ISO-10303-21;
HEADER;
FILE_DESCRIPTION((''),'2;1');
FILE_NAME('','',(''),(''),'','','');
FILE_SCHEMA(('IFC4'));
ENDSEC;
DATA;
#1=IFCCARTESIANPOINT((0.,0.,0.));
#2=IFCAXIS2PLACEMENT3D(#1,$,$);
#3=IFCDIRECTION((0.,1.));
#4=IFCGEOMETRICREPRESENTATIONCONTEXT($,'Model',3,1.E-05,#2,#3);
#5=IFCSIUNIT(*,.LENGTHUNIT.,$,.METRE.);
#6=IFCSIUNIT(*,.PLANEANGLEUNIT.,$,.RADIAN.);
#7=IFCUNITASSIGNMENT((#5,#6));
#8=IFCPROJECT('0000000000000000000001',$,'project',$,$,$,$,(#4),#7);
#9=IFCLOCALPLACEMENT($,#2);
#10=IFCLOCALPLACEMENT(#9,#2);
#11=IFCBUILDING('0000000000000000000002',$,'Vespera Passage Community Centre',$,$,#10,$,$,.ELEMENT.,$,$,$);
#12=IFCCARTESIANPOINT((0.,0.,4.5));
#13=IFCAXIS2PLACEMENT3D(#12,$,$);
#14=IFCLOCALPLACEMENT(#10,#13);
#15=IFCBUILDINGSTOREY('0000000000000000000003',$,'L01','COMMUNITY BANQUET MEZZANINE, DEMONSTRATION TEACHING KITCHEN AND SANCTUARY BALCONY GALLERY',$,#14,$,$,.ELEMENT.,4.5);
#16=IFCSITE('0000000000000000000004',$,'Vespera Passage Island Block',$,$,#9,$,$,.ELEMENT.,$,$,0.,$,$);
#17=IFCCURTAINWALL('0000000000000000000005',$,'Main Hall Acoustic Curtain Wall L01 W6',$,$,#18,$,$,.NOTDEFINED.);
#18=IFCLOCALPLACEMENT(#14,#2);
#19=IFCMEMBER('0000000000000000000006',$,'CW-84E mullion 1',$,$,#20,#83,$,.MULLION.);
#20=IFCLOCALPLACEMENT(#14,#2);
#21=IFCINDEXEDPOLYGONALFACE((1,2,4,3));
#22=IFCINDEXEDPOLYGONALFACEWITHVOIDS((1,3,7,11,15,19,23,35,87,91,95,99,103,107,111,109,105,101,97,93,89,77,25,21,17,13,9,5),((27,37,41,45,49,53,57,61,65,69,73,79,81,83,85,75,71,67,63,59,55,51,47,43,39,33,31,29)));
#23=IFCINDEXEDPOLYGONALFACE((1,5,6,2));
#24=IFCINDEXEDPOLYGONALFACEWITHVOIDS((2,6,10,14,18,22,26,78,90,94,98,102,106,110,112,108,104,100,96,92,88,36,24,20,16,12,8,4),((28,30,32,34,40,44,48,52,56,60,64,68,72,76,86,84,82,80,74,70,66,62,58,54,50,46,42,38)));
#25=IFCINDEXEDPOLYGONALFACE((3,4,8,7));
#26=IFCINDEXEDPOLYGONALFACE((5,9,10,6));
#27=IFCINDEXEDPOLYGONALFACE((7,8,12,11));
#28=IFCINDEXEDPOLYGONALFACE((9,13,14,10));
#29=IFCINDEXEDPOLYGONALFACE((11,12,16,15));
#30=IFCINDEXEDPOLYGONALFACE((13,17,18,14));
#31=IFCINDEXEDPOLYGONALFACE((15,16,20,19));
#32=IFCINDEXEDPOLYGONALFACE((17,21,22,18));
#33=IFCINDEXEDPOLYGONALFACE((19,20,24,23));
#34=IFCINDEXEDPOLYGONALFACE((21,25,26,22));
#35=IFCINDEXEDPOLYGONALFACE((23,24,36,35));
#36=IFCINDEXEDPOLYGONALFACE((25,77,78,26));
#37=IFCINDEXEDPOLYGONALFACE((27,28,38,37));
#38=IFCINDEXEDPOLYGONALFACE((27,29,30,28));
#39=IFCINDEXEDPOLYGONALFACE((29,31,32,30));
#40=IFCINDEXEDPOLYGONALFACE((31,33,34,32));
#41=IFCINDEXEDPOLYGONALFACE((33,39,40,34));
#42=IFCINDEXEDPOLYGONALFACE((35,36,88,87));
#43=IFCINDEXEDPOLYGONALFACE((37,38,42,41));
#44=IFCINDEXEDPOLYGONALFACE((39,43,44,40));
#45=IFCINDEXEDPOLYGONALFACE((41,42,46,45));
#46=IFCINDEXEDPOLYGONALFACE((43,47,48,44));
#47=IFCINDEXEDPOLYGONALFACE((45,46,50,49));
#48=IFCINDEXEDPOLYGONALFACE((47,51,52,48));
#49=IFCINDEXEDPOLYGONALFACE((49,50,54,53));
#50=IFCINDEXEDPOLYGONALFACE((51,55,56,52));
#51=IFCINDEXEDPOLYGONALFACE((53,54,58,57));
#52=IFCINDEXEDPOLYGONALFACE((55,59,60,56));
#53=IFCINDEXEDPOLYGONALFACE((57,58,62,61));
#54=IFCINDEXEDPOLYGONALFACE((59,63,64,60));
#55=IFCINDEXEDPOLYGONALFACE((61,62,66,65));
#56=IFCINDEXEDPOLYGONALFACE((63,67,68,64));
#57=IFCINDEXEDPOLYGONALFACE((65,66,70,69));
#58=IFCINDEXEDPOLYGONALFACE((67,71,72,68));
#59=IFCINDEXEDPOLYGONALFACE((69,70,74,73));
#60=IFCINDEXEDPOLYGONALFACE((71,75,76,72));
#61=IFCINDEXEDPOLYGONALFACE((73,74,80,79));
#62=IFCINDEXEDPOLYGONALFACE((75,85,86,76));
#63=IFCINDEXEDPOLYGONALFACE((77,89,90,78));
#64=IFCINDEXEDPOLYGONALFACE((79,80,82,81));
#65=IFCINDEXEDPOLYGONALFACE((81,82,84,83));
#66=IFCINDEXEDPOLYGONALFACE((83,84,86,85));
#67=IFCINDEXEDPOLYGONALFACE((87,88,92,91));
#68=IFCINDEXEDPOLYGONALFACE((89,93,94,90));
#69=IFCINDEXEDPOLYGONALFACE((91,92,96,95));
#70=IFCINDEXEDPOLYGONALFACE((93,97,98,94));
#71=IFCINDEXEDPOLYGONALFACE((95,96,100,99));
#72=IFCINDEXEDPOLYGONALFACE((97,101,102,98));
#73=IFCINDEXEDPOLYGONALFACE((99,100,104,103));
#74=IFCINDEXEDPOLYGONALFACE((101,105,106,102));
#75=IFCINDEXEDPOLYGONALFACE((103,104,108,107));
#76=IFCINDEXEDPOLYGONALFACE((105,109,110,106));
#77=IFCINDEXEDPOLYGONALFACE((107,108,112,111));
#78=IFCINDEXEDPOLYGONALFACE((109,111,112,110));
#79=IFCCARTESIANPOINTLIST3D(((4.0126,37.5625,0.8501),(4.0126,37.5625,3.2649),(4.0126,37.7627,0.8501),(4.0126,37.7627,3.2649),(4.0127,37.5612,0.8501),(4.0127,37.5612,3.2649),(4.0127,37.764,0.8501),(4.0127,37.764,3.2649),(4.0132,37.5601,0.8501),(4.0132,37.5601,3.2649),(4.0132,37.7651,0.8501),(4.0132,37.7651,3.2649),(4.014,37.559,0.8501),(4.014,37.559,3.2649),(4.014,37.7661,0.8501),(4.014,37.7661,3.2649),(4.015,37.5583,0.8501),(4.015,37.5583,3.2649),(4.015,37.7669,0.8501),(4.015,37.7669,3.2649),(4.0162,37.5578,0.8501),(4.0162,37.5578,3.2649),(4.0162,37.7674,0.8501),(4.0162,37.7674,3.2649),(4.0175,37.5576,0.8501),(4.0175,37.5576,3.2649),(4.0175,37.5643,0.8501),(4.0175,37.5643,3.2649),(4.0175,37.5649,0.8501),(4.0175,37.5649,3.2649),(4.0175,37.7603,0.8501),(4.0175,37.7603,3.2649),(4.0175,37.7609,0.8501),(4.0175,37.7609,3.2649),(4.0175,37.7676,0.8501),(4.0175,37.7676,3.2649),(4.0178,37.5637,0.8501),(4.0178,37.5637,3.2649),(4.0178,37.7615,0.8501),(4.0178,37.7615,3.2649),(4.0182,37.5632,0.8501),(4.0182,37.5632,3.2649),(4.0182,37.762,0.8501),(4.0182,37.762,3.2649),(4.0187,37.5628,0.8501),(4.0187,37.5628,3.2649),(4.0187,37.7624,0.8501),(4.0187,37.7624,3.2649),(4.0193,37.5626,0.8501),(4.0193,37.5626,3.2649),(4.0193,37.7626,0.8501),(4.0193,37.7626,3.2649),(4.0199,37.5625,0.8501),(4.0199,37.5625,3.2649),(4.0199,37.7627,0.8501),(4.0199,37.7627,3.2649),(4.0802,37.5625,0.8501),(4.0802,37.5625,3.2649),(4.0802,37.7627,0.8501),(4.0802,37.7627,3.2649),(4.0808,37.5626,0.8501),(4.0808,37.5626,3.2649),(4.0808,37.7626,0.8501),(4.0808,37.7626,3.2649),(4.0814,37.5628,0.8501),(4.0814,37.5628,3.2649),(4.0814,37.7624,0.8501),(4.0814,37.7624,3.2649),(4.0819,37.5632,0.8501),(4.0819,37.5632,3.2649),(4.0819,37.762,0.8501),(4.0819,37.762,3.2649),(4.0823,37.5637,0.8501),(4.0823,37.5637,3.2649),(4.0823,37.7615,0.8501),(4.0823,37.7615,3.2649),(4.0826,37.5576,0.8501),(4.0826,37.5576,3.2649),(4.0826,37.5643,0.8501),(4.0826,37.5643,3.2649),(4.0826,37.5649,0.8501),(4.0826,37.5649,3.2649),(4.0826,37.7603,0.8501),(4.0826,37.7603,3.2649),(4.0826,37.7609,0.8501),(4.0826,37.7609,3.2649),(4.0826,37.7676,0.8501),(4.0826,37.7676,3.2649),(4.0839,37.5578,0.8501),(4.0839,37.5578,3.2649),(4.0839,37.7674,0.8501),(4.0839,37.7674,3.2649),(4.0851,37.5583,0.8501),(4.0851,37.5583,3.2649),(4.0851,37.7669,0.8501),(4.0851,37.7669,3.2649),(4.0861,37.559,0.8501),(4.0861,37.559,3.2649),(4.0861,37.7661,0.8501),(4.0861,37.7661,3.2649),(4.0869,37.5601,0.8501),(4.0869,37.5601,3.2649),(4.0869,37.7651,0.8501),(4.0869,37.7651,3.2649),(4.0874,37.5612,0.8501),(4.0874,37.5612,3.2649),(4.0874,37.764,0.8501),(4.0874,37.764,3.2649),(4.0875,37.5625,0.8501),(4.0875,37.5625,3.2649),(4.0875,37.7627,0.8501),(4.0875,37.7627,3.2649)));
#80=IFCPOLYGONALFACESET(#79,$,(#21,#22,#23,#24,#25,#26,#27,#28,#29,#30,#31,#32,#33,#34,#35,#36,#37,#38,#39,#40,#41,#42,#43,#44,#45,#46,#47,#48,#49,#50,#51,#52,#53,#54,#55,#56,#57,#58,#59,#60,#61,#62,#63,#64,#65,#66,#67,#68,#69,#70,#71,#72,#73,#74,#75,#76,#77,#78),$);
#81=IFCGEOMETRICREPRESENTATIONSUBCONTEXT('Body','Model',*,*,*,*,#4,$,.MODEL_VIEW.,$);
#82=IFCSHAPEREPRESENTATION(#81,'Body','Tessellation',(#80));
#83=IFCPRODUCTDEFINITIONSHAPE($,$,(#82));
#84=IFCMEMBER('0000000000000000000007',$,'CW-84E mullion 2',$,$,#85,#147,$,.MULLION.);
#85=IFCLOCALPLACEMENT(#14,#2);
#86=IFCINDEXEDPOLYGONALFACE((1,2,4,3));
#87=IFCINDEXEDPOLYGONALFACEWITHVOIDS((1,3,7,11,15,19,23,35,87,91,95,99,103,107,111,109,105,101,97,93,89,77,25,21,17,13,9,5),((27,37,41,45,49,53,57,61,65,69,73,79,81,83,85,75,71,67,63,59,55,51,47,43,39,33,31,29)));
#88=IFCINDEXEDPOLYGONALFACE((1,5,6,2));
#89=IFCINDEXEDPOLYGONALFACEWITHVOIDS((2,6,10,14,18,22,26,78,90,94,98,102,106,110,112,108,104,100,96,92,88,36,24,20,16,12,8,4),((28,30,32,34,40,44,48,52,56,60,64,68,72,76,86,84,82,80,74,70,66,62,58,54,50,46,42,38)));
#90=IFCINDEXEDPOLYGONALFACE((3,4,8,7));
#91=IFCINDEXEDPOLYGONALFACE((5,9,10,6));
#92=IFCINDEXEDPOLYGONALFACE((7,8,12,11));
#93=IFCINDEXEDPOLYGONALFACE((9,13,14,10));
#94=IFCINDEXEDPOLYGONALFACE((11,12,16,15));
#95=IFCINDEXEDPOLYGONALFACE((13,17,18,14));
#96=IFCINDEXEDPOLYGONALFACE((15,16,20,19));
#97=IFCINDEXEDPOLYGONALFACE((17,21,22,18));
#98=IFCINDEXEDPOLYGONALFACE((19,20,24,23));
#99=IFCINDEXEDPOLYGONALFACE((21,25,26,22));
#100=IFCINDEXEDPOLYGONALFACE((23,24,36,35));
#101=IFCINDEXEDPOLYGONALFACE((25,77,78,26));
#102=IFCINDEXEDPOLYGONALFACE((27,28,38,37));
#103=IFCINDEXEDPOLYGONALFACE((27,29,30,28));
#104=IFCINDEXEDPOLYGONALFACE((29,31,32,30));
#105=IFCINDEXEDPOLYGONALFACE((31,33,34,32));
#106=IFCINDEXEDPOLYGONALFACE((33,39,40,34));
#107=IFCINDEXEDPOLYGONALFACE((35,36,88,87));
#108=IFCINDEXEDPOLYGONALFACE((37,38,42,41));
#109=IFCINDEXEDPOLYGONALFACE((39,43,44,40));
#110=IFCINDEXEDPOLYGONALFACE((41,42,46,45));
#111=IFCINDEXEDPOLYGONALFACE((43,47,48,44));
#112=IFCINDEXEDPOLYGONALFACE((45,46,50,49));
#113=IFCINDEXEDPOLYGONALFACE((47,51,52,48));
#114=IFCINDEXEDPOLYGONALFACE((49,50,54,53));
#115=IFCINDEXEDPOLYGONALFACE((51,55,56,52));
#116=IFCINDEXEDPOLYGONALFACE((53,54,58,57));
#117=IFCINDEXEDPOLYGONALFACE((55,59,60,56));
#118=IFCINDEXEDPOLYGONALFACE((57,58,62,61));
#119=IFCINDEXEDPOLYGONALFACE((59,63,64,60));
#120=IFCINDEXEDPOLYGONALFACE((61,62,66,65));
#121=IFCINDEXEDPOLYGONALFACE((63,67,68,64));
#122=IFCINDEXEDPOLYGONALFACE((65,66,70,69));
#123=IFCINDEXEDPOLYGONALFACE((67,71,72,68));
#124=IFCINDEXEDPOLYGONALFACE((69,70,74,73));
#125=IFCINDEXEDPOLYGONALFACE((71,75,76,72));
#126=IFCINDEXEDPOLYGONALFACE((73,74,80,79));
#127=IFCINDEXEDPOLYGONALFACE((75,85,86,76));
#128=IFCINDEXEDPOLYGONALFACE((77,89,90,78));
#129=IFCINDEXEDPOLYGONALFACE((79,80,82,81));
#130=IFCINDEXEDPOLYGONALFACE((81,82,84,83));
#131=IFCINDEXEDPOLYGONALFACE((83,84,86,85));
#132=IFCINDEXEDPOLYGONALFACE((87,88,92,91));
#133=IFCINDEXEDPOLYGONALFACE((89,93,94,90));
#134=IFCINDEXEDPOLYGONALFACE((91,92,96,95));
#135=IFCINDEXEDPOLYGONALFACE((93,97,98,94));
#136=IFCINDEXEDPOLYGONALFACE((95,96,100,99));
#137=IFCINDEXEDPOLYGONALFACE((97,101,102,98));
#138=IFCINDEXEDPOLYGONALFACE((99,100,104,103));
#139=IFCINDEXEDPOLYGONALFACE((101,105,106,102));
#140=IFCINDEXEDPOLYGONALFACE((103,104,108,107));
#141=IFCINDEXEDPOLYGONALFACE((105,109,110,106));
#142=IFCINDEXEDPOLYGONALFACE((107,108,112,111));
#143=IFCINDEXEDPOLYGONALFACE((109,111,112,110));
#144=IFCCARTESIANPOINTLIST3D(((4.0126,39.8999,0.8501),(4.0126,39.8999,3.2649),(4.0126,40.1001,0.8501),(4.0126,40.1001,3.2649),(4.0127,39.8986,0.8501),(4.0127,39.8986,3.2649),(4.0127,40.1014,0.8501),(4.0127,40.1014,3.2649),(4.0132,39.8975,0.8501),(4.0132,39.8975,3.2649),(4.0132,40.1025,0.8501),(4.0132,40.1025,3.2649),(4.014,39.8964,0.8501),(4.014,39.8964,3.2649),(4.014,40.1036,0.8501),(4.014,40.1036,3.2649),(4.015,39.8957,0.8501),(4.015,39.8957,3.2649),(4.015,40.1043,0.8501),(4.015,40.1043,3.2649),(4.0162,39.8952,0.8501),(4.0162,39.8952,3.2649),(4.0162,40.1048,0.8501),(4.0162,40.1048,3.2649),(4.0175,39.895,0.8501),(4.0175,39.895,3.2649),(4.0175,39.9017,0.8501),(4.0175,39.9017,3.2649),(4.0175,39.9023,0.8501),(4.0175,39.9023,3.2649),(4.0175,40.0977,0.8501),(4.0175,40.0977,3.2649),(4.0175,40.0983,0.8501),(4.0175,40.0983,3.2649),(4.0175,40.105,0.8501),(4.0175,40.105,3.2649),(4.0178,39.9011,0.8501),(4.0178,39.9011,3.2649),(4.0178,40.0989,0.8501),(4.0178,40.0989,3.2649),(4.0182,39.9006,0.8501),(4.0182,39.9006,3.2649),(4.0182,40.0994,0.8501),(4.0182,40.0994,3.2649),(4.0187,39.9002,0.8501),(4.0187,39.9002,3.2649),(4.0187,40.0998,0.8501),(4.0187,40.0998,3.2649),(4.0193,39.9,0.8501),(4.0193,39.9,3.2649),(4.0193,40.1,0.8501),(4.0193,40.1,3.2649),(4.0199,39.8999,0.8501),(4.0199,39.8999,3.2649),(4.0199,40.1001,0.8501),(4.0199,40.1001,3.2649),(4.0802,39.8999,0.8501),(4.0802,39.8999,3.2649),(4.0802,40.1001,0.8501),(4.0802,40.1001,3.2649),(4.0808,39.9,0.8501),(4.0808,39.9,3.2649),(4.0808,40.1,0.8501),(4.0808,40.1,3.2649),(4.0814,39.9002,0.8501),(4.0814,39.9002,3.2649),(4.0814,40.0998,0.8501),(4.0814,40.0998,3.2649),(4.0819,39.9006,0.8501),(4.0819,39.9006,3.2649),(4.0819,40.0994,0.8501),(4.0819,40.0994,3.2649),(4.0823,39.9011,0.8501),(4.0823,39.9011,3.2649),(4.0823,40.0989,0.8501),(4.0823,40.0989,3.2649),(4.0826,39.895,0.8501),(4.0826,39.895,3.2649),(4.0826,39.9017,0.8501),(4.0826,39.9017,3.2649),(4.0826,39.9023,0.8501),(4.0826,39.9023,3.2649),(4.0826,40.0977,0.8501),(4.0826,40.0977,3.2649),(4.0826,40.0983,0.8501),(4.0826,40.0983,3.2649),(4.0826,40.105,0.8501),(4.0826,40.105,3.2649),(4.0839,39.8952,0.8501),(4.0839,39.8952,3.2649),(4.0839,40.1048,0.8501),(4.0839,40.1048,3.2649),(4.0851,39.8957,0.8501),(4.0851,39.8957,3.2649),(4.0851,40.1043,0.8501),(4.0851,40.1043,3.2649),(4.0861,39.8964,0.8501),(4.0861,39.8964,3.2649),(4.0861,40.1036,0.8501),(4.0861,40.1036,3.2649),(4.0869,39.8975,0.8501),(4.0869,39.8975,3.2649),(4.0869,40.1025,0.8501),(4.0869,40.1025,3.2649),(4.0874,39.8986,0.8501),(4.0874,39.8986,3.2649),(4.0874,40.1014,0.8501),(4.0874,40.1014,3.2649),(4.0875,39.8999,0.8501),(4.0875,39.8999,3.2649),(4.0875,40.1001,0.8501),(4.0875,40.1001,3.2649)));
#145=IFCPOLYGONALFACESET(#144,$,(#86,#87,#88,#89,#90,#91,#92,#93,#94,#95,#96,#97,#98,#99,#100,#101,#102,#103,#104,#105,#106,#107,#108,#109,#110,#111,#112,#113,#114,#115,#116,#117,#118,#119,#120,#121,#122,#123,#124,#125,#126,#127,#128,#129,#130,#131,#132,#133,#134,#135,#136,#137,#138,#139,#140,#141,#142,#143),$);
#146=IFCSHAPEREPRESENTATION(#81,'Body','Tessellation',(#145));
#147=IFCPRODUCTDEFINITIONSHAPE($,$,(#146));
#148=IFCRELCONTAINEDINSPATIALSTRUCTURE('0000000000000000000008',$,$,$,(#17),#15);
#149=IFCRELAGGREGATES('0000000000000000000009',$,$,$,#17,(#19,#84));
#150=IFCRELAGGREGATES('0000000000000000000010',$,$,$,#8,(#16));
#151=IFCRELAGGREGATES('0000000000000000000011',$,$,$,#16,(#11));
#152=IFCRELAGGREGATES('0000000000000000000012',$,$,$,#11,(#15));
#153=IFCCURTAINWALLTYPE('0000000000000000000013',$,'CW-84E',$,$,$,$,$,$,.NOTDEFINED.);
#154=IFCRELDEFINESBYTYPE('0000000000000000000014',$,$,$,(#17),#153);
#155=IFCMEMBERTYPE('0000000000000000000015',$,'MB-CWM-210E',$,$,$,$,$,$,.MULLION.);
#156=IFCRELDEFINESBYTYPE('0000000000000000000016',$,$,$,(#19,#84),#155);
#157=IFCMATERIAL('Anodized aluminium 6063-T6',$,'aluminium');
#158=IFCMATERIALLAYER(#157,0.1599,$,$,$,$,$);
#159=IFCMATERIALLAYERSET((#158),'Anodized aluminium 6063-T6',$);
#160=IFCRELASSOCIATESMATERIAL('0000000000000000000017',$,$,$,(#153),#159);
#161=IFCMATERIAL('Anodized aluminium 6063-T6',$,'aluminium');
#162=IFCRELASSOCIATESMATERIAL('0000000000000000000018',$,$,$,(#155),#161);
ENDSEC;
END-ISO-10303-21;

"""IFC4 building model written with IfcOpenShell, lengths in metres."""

from ifc_helpers import new_model, si_unit, direction, frame, origin, origin_2d, place, context, subcontext, project, spatial, hollow_rectangle, extrude, material, layer, layer_set, material_profile, profile_set, type_object, element, aggregate, save


model = new_model("IFC4")

# Units and contexts
model_context = context("Model", 3, precision=1e-05, world=origin(), true_north=direction((0.0, 1.0)))
body_context = subcontext(model_context, "Body", "Model", "MODEL_VIEW")
ifc_project = project(units=[si_unit("LENGTHUNIT", "METRE"), si_unit("PLANEANGLEUNIT", "RADIAN")], contexts=[model_context])

# Site, building, storey
site_placement = place(None, origin())
site = spatial("IfcSite", under=ifc_project, at=site_placement, Name="Vespera Passage Island Block", CompositionType="ELEMENT", RefElevation=0.0)
building_placement = place(site_placement, origin())
building = spatial("IfcBuilding", under=site, at=building_placement, Name="Vespera Passage Community Centre", CompositionType="ELEMENT")
storey_placement = place(building_placement, frame((0.0, 0.0, 4.5)))
storey = spatial("IfcBuildingStorey", under=building, at=storey_placement, Name="L01", Description="COMMUNITY BANQUET MEZZANINE, DEMONSTRATION TEACHING KITCHEN AND SANCTUARY BALCONY GALLERY", CompositionType="ELEMENT", Elevation=4.5)

# Shared definitions
ifc_material_1 = material(Name="Anodized aluminium 6063-T6", Category="aluminium")
ifc_layer_1 = layer(ifc_material_1, 0.1599)
ifc_layer_set_1 = layer_set([ifc_layer_1], Name="Anodized aluminium 6063-T6")
curtain_wall_type = type_object("IfcCurtainWallType", Name="CW-84E", PredefinedType="NOTDEFINED", material=ifc_layer_set_1)
ifc_material_2 = material(Name="Anodized aluminium 6063-T6", Category="aluminium")
ifc_material_profile_1 = material_profile(ifc_material_2, hollow_rectangle(XDim=0.075, YDim=0.21, WallThickness=0.0049, InnerFilletRadius=0.0024, OuterFilletRadius=0.0049, at=origin_2d()), Name="ALU210X75X5")
ifc_profile_set_1 = profile_set([ifc_material_profile_1], Name="Anodized aluminium 6063-T6")
member_type_1 = type_object("IfcMemberType", Name="MB-CWM-210E", PredefinedType="MULLION", material=ifc_profile_set_1)

# Curtain wall, members
curtain_wall_1_placement = place(storey_placement, origin())
curtain_wall_1 = element("IfcCurtainWall", 1, at=curtain_wall_1_placement, inside=storey, type_object=curtain_wall_type, Name="Main Hall Acoustic Curtain Wall L01 W6", PredefinedType="NOTDEFINED")
member_1_placement = place(storey_placement, frame((4.05, 37.6626, 0.8501), z_axis=(0.0, 0.0, 1.0), x_axis=(-1.0, 0.0, 0.0)))
member_1 = element("IfcMember", 2, at=member_1_placement, type_object=member_type_1, Name="CW-84E mullion 1", PredefinedType="MULLION", context=body_context, shape_type="SweptSolid", body=[
    extrude(hollow_rectangle(XDim=0.075, YDim=0.21, WallThickness=0.0049, InnerFilletRadius=0.0024, OuterFilletRadius=0.0049, at=origin_2d()), origin(), (0.0, 0.0, 1.0), 2.4148),
])
member_2_placement = place(storey_placement, frame((4.05, 40.0, 0.8501), z_axis=(0.0, 0.0, 1.0), x_axis=(-1.0, 0.0, 0.0)))
member_2 = element("IfcMember", 3, at=member_2_placement, type_object=member_type_1, Name="CW-84E mullion 2", PredefinedType="MULLION", context=body_context, shape_type="SweptSolid", body=[
    extrude(hollow_rectangle(XDim=0.075, YDim=0.21, WallThickness=0.0049, InnerFilletRadius=0.0024, OuterFilletRadius=0.0049, at=origin_2d()), origin(), (0.0, 0.0, 1.0), 2.4148),
])

aggregate(curtain_wall_1, [member_1, member_2])

save(model, "model.ifc")
